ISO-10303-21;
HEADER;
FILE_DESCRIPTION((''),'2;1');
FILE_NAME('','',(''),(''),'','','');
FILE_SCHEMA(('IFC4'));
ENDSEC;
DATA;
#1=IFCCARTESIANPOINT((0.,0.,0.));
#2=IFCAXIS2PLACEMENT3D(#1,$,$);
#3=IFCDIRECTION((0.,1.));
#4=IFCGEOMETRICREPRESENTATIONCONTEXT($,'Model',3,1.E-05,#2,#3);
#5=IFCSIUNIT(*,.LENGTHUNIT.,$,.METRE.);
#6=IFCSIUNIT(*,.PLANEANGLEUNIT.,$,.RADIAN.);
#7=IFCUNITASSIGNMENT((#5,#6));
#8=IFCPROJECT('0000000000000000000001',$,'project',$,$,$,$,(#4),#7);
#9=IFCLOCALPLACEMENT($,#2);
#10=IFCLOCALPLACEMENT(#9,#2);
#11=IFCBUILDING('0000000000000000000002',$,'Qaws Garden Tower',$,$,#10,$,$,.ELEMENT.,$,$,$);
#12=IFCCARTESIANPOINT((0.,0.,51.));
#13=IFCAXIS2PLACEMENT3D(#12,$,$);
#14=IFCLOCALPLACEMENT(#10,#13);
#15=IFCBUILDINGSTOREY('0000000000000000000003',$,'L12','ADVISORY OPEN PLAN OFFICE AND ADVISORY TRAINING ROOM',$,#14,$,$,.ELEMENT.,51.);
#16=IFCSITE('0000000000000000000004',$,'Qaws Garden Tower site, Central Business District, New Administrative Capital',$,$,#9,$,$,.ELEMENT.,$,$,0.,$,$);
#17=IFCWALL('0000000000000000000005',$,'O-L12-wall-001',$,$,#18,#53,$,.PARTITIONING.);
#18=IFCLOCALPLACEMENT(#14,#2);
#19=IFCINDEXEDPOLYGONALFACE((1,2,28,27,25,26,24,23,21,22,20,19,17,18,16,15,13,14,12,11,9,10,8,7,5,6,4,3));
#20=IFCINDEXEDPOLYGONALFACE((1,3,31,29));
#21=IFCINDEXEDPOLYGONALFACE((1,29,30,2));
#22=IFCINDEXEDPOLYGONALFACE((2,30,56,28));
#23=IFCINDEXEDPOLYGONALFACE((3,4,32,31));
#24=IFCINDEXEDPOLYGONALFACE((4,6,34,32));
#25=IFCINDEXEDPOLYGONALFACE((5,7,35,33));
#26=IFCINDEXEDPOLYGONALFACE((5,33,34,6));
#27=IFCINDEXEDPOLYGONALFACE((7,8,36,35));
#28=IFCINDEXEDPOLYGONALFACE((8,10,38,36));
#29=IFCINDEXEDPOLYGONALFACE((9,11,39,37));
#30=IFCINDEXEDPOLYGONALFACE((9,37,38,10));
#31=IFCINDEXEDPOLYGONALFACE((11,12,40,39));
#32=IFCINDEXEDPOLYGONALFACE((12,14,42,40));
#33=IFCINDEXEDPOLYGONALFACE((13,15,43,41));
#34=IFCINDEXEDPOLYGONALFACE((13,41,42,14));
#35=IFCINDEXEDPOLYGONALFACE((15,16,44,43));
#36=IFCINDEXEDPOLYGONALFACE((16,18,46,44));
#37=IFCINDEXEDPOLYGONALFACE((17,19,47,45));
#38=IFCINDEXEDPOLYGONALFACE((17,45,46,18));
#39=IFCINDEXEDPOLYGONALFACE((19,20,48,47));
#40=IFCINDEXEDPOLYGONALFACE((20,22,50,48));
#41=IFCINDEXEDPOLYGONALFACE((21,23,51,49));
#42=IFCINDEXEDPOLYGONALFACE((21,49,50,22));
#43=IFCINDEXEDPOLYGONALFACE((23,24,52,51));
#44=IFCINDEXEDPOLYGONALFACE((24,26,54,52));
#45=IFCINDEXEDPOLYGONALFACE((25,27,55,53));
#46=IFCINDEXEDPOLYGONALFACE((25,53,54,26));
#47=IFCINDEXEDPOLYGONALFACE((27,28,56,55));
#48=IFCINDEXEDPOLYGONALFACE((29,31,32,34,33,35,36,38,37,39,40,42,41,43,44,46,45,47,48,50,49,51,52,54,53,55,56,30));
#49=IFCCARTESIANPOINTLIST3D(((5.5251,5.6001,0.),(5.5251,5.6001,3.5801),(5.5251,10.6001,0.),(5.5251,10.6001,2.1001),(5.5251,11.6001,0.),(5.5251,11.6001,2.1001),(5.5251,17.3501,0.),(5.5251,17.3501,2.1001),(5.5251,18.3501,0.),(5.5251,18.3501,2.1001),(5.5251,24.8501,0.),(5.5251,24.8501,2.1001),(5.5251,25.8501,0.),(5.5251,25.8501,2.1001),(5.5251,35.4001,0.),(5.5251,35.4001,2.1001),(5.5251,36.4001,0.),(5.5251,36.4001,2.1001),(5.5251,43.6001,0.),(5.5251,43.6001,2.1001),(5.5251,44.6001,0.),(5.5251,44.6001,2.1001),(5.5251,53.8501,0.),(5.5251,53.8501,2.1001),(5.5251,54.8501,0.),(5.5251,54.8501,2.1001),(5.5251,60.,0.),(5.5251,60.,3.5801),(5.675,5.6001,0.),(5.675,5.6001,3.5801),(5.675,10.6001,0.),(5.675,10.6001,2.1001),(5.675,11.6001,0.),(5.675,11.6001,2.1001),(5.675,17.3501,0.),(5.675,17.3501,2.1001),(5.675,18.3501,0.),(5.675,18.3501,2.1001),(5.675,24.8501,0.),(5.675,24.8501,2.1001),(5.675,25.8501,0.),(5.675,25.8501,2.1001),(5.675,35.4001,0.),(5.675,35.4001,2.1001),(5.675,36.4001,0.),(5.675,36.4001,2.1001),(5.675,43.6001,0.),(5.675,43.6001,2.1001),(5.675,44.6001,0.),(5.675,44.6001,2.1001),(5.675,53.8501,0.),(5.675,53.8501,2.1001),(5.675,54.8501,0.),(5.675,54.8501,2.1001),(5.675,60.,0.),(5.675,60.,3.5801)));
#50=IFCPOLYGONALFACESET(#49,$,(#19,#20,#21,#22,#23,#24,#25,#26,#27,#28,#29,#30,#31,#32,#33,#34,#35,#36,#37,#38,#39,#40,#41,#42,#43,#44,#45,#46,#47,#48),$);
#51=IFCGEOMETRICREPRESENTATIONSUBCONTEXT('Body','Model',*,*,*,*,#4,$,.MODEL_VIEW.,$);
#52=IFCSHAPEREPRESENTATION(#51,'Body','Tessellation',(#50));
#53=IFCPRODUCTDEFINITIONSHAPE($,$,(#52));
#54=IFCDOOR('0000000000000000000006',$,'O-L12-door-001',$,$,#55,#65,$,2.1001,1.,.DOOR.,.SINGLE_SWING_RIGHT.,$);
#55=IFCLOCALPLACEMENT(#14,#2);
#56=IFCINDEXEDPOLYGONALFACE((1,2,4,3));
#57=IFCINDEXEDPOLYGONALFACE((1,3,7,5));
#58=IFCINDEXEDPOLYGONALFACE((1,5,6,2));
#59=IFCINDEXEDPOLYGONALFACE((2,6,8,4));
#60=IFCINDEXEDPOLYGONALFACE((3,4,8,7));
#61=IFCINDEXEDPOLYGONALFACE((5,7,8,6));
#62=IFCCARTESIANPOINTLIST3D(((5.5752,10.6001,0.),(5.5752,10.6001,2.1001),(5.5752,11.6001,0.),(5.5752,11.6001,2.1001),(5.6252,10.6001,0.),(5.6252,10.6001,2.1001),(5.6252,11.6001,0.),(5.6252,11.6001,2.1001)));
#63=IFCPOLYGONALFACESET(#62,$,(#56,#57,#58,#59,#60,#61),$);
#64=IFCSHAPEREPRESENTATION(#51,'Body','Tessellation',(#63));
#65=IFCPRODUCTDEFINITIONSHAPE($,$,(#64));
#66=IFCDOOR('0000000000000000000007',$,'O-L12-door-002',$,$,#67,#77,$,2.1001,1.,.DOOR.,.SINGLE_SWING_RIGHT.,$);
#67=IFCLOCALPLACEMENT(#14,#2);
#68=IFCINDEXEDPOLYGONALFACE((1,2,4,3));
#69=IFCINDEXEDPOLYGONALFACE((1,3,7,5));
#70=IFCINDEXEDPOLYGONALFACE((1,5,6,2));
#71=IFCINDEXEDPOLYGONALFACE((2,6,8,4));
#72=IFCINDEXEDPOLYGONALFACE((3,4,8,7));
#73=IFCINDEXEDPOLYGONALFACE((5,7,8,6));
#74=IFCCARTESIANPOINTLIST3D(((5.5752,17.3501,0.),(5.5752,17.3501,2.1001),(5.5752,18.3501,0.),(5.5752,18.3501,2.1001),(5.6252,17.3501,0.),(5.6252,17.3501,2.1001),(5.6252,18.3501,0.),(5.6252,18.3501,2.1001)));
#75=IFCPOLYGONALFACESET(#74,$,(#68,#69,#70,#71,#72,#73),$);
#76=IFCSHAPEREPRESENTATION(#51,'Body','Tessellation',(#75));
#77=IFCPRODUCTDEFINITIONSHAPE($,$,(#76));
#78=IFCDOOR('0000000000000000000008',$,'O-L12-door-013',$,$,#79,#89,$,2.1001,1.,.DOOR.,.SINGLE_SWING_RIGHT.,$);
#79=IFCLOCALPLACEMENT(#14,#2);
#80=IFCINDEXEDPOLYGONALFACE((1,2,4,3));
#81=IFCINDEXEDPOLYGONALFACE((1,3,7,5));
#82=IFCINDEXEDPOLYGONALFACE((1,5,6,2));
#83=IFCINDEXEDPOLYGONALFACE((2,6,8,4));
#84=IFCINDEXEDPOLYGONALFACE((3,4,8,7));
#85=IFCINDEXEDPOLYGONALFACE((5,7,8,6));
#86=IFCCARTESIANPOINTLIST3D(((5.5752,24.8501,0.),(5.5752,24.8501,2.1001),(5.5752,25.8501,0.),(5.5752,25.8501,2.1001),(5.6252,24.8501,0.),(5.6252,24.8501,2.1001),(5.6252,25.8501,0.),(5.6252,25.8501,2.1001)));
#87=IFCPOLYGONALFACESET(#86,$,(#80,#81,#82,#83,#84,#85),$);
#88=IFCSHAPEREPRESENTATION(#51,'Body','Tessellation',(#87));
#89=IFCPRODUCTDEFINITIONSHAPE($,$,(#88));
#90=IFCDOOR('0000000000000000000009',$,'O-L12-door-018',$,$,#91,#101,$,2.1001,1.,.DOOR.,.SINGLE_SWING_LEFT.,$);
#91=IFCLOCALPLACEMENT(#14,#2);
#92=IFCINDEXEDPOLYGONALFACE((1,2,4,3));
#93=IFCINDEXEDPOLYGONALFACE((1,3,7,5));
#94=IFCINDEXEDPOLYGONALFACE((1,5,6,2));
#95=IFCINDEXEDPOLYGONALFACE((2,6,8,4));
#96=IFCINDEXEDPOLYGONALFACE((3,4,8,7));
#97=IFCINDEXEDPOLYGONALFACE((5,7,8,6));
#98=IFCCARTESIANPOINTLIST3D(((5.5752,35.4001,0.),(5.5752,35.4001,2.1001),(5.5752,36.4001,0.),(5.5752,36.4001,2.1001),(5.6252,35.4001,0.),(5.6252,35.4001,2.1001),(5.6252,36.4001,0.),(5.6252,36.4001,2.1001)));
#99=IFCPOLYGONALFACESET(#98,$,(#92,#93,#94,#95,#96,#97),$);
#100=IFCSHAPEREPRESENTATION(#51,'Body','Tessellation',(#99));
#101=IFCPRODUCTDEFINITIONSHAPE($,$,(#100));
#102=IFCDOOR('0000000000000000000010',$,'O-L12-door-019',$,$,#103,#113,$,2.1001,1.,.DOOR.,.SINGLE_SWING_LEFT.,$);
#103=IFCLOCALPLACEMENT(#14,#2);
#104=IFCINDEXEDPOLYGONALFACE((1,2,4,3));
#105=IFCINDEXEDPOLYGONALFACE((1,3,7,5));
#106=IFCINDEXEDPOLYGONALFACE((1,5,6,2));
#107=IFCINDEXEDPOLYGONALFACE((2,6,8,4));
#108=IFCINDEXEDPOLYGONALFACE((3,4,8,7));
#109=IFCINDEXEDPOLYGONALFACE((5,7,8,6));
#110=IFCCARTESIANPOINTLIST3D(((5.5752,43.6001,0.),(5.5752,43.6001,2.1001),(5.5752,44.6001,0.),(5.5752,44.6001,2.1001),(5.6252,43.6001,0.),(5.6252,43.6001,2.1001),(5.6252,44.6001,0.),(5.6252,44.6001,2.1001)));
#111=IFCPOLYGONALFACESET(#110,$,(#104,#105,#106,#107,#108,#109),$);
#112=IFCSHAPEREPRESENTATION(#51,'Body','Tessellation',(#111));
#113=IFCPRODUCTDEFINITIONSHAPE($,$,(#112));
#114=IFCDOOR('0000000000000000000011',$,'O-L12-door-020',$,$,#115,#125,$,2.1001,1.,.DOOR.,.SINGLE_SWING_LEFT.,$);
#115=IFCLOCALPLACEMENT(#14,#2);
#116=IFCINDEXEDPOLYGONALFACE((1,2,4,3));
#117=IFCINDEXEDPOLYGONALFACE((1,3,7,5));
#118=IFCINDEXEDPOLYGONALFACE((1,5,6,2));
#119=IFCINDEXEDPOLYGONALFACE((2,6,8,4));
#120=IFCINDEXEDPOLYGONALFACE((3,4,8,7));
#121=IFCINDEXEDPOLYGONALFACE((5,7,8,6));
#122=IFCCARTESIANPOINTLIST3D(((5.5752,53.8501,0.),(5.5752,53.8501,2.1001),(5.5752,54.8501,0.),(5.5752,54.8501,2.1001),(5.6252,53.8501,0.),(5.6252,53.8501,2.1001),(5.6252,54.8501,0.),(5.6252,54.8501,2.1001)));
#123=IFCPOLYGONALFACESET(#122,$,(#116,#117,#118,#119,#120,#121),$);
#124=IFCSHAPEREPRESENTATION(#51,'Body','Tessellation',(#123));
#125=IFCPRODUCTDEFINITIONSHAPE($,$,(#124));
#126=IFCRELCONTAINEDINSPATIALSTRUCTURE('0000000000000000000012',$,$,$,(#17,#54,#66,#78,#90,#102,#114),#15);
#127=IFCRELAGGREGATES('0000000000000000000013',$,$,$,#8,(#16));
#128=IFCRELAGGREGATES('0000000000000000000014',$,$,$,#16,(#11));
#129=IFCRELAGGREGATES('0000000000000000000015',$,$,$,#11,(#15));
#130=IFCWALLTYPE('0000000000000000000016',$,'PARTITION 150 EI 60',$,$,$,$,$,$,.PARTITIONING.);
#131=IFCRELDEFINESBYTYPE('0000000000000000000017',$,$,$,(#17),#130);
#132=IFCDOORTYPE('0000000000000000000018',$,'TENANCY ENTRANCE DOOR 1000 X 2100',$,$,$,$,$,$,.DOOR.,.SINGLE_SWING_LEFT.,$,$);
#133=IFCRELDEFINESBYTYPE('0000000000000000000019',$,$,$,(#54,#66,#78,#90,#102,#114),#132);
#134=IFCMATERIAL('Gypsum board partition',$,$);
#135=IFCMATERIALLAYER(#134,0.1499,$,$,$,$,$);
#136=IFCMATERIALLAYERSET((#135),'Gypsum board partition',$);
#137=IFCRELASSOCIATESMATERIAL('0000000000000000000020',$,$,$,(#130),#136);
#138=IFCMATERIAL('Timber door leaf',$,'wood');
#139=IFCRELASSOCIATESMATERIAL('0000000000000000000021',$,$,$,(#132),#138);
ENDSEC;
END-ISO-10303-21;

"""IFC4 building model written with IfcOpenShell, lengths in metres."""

from ifc_helpers import new_model, si_unit, direction, frame, frame_2d, origin, place, context, subcontext, project, spatial, rectangle, extrude, material, layer, layer_set, type_object, element, fill, save


model = new_model("IFC4")

# Units and contexts
model_context = context("Model", 3, precision=1e-05, world=origin(), true_north=direction((0.0, 1.0)))
body_context = subcontext(model_context, "Body", "Model", "MODEL_VIEW")
ifc_project = project(units=[si_unit("LENGTHUNIT", "METRE"), si_unit("PLANEANGLEUNIT", "RADIAN")], contexts=[model_context])

# Site, building, storey
site_placement = place(None, origin())
site = spatial("IfcSite", under=ifc_project, at=site_placement, Name="Qaws Garden Tower site, Central Business District, New Administrative Capital", CompositionType="ELEMENT", RefElevation=0.0)
building_placement = place(site_placement, origin())
building = spatial("IfcBuilding", under=site, at=building_placement, Name="Qaws Garden Tower", CompositionType="ELEMENT")
storey_placement = place(building_placement, frame((0.0, 0.0, 51.0)))
storey = spatial("IfcBuildingStorey", under=building, at=storey_placement, Name="L12", Description="ADVISORY OPEN PLAN OFFICE AND ADVISORY TRAINING ROOM", CompositionType="ELEMENT", Elevation=51.0)

# Wall, openings, doors
ifc_material_1 = material(Name="Gypsum board partition")
ifc_layer_1 = layer(ifc_material_1, 0.1499)
ifc_layer_set_1 = layer_set([ifc_layer_1], Name="Gypsum board partition")
wall_type_1 = type_object("IfcWallType", Name="PARTITION 150 EI 60", PredefinedType="PARTITIONING", material=ifc_layer_set_1)
wall_1_placement = place(storey_placement, frame((5.6001, 5.6001, 0.0), z_axis=(0.0, 0.0, 1.0), x_axis=(0.0, 1.0, 0.0)))
wall_1 = element("IfcWall", 1, at=wall_1_placement, inside=storey, type_object=wall_type_1, Name="O-L12-wall-001", PredefinedType="PARTITIONING", context=body_context, shape_type="SweptSolid", body=[
    extrude(rectangle(XDim=54.3999, YDim=0.1499, at=frame_2d((27.2, 0.0))), origin(), (0.0, 0.0, 1.0), 3.5801),
])
opening_1_placement = place(wall_1_placement, frame((5.0, 0.0, 0.0)))
opening_1 = element("IfcOpeningElement", 2, at=opening_1_placement, cuts=wall_1, PredefinedType="OPENING", context=body_context, shape_type="SweptSolid", body=[
    extrude(rectangle(XDim=1.0, YDim=2.1001, at=frame_2d((0.5, 1.05))), frame((0.0, 0.085, 0.0), z_axis=(0.0, -1.0, 0.0), x_axis=(1.0, 0.0, 0.0)), (0.0, 0.0, 1.0), 0.1699),
])
opening_2_placement = place(wall_1_placement, frame((11.75, 0.0, 0.0)))
opening_2 = element("IfcOpeningElement", 3, at=opening_2_placement, cuts=wall_1, PredefinedType="OPENING", context=body_context, shape_type="SweptSolid", body=[
    extrude(rectangle(XDim=1.0, YDim=2.1001, at=frame_2d((0.5, 1.05))), frame((0.0, 0.085, 0.0), z_axis=(0.0, -1.0, 0.0), x_axis=(1.0, 0.0, 0.0)), (0.0, 0.0, 1.0), 0.1699),
])
opening_3_placement = place(wall_1_placement, frame((19.25, 0.0, 0.0)))
opening_3 = element("IfcOpeningElement", 4, at=opening_3_placement, cuts=wall_1, PredefinedType="OPENING", context=body_context, shape_type="SweptSolid", body=[
    extrude(rectangle(XDim=1.0, YDim=2.1001, at=frame_2d((0.5, 1.05))), frame((0.0, 0.085, 0.0), z_axis=(0.0, -1.0, 0.0), x_axis=(1.0, 0.0, 0.0)), (0.0, 0.0, 1.0), 0.1699),
])
opening_4_placement = place(wall_1_placement, frame((29.8, 0.0, 0.0)))
opening_4 = element("IfcOpeningElement", 5, at=opening_4_placement, cuts=wall_1, PredefinedType="OPENING", context=body_context, shape_type="SweptSolid", body=[
    extrude(rectangle(XDim=1.0, YDim=2.1001, at=frame_2d((0.5, 1.05))), frame((0.0, 0.085, 0.0), z_axis=(0.0, -1.0, 0.0), x_axis=(1.0, 0.0, 0.0)), (0.0, 0.0, 1.0), 0.1699),
])
opening_5_placement = place(wall_1_placement, frame((38.0, 0.0, 0.0)))
opening_5 = element("IfcOpeningElement", 6, at=opening_5_placement, cuts=wall_1, PredefinedType="OPENING", context=body_context, shape_type="SweptSolid", body=[
    extrude(rectangle(XDim=1.0, YDim=2.1001, at=frame_2d((0.5, 1.05))), frame((0.0, 0.085, 0.0), z_axis=(0.0, -1.0, 0.0), x_axis=(1.0, 0.0, 0.0)), (0.0, 0.0, 1.0), 0.1699),
])
opening_6_placement = place(wall_1_placement, frame((48.25, 0.0, 0.0)))
opening_6 = element("IfcOpeningElement", 7, at=opening_6_placement, cuts=wall_1, PredefinedType="OPENING", context=body_context, shape_type="SweptSolid", body=[
    extrude(rectangle(XDim=1.0, YDim=2.1001, at=frame_2d((0.5, 1.05))), frame((0.0, 0.085, 0.0), z_axis=(0.0, -1.0, 0.0), x_axis=(1.0, 0.0, 0.0)), (0.0, 0.0, 1.0), 0.1699),
])
ifc_material_2 = material(Name="Timber door leaf", Category="wood")
door_type_1 = type_object("IfcDoorType", Name="TENANCY ENTRANCE DOOR 1000 X 2100", OperationType="SINGLE_SWING_LEFT", PredefinedType="DOOR", material=ifc_material_2)
door_1_placement = place(opening_1_placement, origin())
door_1 = element("IfcDoor", 8, at=door_1_placement, inside=storey, type_object=door_type_1, Name="O-L12-door-001", OperationType="SINGLE_SWING_RIGHT", OverallHeight=2.1001, OverallWidth=1.0, PredefinedType="DOOR", context=body_context, shape_type="SweptSolid", body=[
    extrude(rectangle(XDim=1.0, YDim=2.1001, at=frame_2d((0.5, 1.05))), frame((0.0, 0.0249, 0.0), z_axis=(0.0, -1.0, 0.0), x_axis=(1.0, 0.0, 0.0)), (0.0, 0.0, 1.0), 0.05),
])
fill(opening_1, door_1)
door_2_placement = place(opening_2_placement, origin())
door_2 = element("IfcDoor", 9, at=door_2_placement, inside=storey, type_object=door_type_1, Name="O-L12-door-002", OperationType="SINGLE_SWING_RIGHT", OverallHeight=2.1001, OverallWidth=1.0, PredefinedType="DOOR", context=body_context, shape_type="SweptSolid", body=[
    extrude(rectangle(XDim=1.0, YDim=2.1001, at=frame_2d((0.5, 1.05))), frame((0.0, 0.0249, 0.0), z_axis=(0.0, -1.0, 0.0), x_axis=(1.0, 0.0, 0.0)), (0.0, 0.0, 1.0), 0.05),
])
fill(opening_2, door_2)
door_3_placement = place(opening_3_placement, origin())
door_3 = element("IfcDoor", 10, at=door_3_placement, inside=storey, type_object=door_type_1, Name="O-L12-door-013", OperationType="SINGLE_SWING_RIGHT", OverallHeight=2.1001, OverallWidth=1.0, PredefinedType="DOOR", context=body_context, shape_type="SweptSolid", body=[
    extrude(rectangle(XDim=1.0, YDim=2.1001, at=frame_2d((0.5, 1.05))), frame((0.0, 0.0249, 0.0), z_axis=(0.0, -1.0, 0.0), x_axis=(1.0, 0.0, 0.0)), (0.0, 0.0, 1.0), 0.05),
])
fill(opening_3, door_3)
door_4_placement = place(opening_4_placement, origin())
door_4 = element("IfcDoor", 11, at=door_4_placement, inside=storey, type_object=door_type_1, Name="O-L12-door-018", OperationType="SINGLE_SWING_LEFT", OverallHeight=2.1001, OverallWidth=1.0, PredefinedType="DOOR", context=body_context, shape_type="SweptSolid", body=[
    extrude(rectangle(XDim=1.0, YDim=2.1001, at=frame_2d((0.5, 1.05))), frame((0.0, 0.0249, 0.0), z_axis=(0.0, -1.0, 0.0), x_axis=(1.0, 0.0, 0.0)), (0.0, 0.0, 1.0), 0.05),
])
fill(opening_4, door_4)
door_5_placement = place(opening_5_placement, origin())
door_5 = element("IfcDoor", 12, at=door_5_placement, inside=storey, type_object=door_type_1, Name="O-L12-door-019", OperationType="SINGLE_SWING_LEFT", OverallHeight=2.1001, OverallWidth=1.0, PredefinedType="DOOR", context=body_context, shape_type="SweptSolid", body=[
    extrude(rectangle(XDim=1.0, YDim=2.1001, at=frame_2d((0.5, 1.05))), frame((0.0, 0.0249, 0.0), z_axis=(0.0, -1.0, 0.0), x_axis=(1.0, 0.0, 0.0)), (0.0, 0.0, 1.0), 0.05),
])
fill(opening_5, door_5)
door_6_placement = place(opening_6_placement, origin())
door_6 = element("IfcDoor", 13, at=door_6_placement, inside=storey, type_object=door_type_1, Name="O-L12-door-020", OperationType="SINGLE_SWING_LEFT", OverallHeight=2.1001, OverallWidth=1.0, PredefinedType="DOOR", context=body_context, shape_type="SweptSolid", body=[
    extrude(rectangle(XDim=1.0, YDim=2.1001, at=frame_2d((0.5, 1.05))), frame((0.0, 0.0249, 0.0), z_axis=(0.0, -1.0, 0.0), x_axis=(1.0, 0.0, 0.0)), (0.0, 0.0, 1.0), 0.05),
])
fill(opening_6, door_6)

save(model, "model.ifc")
